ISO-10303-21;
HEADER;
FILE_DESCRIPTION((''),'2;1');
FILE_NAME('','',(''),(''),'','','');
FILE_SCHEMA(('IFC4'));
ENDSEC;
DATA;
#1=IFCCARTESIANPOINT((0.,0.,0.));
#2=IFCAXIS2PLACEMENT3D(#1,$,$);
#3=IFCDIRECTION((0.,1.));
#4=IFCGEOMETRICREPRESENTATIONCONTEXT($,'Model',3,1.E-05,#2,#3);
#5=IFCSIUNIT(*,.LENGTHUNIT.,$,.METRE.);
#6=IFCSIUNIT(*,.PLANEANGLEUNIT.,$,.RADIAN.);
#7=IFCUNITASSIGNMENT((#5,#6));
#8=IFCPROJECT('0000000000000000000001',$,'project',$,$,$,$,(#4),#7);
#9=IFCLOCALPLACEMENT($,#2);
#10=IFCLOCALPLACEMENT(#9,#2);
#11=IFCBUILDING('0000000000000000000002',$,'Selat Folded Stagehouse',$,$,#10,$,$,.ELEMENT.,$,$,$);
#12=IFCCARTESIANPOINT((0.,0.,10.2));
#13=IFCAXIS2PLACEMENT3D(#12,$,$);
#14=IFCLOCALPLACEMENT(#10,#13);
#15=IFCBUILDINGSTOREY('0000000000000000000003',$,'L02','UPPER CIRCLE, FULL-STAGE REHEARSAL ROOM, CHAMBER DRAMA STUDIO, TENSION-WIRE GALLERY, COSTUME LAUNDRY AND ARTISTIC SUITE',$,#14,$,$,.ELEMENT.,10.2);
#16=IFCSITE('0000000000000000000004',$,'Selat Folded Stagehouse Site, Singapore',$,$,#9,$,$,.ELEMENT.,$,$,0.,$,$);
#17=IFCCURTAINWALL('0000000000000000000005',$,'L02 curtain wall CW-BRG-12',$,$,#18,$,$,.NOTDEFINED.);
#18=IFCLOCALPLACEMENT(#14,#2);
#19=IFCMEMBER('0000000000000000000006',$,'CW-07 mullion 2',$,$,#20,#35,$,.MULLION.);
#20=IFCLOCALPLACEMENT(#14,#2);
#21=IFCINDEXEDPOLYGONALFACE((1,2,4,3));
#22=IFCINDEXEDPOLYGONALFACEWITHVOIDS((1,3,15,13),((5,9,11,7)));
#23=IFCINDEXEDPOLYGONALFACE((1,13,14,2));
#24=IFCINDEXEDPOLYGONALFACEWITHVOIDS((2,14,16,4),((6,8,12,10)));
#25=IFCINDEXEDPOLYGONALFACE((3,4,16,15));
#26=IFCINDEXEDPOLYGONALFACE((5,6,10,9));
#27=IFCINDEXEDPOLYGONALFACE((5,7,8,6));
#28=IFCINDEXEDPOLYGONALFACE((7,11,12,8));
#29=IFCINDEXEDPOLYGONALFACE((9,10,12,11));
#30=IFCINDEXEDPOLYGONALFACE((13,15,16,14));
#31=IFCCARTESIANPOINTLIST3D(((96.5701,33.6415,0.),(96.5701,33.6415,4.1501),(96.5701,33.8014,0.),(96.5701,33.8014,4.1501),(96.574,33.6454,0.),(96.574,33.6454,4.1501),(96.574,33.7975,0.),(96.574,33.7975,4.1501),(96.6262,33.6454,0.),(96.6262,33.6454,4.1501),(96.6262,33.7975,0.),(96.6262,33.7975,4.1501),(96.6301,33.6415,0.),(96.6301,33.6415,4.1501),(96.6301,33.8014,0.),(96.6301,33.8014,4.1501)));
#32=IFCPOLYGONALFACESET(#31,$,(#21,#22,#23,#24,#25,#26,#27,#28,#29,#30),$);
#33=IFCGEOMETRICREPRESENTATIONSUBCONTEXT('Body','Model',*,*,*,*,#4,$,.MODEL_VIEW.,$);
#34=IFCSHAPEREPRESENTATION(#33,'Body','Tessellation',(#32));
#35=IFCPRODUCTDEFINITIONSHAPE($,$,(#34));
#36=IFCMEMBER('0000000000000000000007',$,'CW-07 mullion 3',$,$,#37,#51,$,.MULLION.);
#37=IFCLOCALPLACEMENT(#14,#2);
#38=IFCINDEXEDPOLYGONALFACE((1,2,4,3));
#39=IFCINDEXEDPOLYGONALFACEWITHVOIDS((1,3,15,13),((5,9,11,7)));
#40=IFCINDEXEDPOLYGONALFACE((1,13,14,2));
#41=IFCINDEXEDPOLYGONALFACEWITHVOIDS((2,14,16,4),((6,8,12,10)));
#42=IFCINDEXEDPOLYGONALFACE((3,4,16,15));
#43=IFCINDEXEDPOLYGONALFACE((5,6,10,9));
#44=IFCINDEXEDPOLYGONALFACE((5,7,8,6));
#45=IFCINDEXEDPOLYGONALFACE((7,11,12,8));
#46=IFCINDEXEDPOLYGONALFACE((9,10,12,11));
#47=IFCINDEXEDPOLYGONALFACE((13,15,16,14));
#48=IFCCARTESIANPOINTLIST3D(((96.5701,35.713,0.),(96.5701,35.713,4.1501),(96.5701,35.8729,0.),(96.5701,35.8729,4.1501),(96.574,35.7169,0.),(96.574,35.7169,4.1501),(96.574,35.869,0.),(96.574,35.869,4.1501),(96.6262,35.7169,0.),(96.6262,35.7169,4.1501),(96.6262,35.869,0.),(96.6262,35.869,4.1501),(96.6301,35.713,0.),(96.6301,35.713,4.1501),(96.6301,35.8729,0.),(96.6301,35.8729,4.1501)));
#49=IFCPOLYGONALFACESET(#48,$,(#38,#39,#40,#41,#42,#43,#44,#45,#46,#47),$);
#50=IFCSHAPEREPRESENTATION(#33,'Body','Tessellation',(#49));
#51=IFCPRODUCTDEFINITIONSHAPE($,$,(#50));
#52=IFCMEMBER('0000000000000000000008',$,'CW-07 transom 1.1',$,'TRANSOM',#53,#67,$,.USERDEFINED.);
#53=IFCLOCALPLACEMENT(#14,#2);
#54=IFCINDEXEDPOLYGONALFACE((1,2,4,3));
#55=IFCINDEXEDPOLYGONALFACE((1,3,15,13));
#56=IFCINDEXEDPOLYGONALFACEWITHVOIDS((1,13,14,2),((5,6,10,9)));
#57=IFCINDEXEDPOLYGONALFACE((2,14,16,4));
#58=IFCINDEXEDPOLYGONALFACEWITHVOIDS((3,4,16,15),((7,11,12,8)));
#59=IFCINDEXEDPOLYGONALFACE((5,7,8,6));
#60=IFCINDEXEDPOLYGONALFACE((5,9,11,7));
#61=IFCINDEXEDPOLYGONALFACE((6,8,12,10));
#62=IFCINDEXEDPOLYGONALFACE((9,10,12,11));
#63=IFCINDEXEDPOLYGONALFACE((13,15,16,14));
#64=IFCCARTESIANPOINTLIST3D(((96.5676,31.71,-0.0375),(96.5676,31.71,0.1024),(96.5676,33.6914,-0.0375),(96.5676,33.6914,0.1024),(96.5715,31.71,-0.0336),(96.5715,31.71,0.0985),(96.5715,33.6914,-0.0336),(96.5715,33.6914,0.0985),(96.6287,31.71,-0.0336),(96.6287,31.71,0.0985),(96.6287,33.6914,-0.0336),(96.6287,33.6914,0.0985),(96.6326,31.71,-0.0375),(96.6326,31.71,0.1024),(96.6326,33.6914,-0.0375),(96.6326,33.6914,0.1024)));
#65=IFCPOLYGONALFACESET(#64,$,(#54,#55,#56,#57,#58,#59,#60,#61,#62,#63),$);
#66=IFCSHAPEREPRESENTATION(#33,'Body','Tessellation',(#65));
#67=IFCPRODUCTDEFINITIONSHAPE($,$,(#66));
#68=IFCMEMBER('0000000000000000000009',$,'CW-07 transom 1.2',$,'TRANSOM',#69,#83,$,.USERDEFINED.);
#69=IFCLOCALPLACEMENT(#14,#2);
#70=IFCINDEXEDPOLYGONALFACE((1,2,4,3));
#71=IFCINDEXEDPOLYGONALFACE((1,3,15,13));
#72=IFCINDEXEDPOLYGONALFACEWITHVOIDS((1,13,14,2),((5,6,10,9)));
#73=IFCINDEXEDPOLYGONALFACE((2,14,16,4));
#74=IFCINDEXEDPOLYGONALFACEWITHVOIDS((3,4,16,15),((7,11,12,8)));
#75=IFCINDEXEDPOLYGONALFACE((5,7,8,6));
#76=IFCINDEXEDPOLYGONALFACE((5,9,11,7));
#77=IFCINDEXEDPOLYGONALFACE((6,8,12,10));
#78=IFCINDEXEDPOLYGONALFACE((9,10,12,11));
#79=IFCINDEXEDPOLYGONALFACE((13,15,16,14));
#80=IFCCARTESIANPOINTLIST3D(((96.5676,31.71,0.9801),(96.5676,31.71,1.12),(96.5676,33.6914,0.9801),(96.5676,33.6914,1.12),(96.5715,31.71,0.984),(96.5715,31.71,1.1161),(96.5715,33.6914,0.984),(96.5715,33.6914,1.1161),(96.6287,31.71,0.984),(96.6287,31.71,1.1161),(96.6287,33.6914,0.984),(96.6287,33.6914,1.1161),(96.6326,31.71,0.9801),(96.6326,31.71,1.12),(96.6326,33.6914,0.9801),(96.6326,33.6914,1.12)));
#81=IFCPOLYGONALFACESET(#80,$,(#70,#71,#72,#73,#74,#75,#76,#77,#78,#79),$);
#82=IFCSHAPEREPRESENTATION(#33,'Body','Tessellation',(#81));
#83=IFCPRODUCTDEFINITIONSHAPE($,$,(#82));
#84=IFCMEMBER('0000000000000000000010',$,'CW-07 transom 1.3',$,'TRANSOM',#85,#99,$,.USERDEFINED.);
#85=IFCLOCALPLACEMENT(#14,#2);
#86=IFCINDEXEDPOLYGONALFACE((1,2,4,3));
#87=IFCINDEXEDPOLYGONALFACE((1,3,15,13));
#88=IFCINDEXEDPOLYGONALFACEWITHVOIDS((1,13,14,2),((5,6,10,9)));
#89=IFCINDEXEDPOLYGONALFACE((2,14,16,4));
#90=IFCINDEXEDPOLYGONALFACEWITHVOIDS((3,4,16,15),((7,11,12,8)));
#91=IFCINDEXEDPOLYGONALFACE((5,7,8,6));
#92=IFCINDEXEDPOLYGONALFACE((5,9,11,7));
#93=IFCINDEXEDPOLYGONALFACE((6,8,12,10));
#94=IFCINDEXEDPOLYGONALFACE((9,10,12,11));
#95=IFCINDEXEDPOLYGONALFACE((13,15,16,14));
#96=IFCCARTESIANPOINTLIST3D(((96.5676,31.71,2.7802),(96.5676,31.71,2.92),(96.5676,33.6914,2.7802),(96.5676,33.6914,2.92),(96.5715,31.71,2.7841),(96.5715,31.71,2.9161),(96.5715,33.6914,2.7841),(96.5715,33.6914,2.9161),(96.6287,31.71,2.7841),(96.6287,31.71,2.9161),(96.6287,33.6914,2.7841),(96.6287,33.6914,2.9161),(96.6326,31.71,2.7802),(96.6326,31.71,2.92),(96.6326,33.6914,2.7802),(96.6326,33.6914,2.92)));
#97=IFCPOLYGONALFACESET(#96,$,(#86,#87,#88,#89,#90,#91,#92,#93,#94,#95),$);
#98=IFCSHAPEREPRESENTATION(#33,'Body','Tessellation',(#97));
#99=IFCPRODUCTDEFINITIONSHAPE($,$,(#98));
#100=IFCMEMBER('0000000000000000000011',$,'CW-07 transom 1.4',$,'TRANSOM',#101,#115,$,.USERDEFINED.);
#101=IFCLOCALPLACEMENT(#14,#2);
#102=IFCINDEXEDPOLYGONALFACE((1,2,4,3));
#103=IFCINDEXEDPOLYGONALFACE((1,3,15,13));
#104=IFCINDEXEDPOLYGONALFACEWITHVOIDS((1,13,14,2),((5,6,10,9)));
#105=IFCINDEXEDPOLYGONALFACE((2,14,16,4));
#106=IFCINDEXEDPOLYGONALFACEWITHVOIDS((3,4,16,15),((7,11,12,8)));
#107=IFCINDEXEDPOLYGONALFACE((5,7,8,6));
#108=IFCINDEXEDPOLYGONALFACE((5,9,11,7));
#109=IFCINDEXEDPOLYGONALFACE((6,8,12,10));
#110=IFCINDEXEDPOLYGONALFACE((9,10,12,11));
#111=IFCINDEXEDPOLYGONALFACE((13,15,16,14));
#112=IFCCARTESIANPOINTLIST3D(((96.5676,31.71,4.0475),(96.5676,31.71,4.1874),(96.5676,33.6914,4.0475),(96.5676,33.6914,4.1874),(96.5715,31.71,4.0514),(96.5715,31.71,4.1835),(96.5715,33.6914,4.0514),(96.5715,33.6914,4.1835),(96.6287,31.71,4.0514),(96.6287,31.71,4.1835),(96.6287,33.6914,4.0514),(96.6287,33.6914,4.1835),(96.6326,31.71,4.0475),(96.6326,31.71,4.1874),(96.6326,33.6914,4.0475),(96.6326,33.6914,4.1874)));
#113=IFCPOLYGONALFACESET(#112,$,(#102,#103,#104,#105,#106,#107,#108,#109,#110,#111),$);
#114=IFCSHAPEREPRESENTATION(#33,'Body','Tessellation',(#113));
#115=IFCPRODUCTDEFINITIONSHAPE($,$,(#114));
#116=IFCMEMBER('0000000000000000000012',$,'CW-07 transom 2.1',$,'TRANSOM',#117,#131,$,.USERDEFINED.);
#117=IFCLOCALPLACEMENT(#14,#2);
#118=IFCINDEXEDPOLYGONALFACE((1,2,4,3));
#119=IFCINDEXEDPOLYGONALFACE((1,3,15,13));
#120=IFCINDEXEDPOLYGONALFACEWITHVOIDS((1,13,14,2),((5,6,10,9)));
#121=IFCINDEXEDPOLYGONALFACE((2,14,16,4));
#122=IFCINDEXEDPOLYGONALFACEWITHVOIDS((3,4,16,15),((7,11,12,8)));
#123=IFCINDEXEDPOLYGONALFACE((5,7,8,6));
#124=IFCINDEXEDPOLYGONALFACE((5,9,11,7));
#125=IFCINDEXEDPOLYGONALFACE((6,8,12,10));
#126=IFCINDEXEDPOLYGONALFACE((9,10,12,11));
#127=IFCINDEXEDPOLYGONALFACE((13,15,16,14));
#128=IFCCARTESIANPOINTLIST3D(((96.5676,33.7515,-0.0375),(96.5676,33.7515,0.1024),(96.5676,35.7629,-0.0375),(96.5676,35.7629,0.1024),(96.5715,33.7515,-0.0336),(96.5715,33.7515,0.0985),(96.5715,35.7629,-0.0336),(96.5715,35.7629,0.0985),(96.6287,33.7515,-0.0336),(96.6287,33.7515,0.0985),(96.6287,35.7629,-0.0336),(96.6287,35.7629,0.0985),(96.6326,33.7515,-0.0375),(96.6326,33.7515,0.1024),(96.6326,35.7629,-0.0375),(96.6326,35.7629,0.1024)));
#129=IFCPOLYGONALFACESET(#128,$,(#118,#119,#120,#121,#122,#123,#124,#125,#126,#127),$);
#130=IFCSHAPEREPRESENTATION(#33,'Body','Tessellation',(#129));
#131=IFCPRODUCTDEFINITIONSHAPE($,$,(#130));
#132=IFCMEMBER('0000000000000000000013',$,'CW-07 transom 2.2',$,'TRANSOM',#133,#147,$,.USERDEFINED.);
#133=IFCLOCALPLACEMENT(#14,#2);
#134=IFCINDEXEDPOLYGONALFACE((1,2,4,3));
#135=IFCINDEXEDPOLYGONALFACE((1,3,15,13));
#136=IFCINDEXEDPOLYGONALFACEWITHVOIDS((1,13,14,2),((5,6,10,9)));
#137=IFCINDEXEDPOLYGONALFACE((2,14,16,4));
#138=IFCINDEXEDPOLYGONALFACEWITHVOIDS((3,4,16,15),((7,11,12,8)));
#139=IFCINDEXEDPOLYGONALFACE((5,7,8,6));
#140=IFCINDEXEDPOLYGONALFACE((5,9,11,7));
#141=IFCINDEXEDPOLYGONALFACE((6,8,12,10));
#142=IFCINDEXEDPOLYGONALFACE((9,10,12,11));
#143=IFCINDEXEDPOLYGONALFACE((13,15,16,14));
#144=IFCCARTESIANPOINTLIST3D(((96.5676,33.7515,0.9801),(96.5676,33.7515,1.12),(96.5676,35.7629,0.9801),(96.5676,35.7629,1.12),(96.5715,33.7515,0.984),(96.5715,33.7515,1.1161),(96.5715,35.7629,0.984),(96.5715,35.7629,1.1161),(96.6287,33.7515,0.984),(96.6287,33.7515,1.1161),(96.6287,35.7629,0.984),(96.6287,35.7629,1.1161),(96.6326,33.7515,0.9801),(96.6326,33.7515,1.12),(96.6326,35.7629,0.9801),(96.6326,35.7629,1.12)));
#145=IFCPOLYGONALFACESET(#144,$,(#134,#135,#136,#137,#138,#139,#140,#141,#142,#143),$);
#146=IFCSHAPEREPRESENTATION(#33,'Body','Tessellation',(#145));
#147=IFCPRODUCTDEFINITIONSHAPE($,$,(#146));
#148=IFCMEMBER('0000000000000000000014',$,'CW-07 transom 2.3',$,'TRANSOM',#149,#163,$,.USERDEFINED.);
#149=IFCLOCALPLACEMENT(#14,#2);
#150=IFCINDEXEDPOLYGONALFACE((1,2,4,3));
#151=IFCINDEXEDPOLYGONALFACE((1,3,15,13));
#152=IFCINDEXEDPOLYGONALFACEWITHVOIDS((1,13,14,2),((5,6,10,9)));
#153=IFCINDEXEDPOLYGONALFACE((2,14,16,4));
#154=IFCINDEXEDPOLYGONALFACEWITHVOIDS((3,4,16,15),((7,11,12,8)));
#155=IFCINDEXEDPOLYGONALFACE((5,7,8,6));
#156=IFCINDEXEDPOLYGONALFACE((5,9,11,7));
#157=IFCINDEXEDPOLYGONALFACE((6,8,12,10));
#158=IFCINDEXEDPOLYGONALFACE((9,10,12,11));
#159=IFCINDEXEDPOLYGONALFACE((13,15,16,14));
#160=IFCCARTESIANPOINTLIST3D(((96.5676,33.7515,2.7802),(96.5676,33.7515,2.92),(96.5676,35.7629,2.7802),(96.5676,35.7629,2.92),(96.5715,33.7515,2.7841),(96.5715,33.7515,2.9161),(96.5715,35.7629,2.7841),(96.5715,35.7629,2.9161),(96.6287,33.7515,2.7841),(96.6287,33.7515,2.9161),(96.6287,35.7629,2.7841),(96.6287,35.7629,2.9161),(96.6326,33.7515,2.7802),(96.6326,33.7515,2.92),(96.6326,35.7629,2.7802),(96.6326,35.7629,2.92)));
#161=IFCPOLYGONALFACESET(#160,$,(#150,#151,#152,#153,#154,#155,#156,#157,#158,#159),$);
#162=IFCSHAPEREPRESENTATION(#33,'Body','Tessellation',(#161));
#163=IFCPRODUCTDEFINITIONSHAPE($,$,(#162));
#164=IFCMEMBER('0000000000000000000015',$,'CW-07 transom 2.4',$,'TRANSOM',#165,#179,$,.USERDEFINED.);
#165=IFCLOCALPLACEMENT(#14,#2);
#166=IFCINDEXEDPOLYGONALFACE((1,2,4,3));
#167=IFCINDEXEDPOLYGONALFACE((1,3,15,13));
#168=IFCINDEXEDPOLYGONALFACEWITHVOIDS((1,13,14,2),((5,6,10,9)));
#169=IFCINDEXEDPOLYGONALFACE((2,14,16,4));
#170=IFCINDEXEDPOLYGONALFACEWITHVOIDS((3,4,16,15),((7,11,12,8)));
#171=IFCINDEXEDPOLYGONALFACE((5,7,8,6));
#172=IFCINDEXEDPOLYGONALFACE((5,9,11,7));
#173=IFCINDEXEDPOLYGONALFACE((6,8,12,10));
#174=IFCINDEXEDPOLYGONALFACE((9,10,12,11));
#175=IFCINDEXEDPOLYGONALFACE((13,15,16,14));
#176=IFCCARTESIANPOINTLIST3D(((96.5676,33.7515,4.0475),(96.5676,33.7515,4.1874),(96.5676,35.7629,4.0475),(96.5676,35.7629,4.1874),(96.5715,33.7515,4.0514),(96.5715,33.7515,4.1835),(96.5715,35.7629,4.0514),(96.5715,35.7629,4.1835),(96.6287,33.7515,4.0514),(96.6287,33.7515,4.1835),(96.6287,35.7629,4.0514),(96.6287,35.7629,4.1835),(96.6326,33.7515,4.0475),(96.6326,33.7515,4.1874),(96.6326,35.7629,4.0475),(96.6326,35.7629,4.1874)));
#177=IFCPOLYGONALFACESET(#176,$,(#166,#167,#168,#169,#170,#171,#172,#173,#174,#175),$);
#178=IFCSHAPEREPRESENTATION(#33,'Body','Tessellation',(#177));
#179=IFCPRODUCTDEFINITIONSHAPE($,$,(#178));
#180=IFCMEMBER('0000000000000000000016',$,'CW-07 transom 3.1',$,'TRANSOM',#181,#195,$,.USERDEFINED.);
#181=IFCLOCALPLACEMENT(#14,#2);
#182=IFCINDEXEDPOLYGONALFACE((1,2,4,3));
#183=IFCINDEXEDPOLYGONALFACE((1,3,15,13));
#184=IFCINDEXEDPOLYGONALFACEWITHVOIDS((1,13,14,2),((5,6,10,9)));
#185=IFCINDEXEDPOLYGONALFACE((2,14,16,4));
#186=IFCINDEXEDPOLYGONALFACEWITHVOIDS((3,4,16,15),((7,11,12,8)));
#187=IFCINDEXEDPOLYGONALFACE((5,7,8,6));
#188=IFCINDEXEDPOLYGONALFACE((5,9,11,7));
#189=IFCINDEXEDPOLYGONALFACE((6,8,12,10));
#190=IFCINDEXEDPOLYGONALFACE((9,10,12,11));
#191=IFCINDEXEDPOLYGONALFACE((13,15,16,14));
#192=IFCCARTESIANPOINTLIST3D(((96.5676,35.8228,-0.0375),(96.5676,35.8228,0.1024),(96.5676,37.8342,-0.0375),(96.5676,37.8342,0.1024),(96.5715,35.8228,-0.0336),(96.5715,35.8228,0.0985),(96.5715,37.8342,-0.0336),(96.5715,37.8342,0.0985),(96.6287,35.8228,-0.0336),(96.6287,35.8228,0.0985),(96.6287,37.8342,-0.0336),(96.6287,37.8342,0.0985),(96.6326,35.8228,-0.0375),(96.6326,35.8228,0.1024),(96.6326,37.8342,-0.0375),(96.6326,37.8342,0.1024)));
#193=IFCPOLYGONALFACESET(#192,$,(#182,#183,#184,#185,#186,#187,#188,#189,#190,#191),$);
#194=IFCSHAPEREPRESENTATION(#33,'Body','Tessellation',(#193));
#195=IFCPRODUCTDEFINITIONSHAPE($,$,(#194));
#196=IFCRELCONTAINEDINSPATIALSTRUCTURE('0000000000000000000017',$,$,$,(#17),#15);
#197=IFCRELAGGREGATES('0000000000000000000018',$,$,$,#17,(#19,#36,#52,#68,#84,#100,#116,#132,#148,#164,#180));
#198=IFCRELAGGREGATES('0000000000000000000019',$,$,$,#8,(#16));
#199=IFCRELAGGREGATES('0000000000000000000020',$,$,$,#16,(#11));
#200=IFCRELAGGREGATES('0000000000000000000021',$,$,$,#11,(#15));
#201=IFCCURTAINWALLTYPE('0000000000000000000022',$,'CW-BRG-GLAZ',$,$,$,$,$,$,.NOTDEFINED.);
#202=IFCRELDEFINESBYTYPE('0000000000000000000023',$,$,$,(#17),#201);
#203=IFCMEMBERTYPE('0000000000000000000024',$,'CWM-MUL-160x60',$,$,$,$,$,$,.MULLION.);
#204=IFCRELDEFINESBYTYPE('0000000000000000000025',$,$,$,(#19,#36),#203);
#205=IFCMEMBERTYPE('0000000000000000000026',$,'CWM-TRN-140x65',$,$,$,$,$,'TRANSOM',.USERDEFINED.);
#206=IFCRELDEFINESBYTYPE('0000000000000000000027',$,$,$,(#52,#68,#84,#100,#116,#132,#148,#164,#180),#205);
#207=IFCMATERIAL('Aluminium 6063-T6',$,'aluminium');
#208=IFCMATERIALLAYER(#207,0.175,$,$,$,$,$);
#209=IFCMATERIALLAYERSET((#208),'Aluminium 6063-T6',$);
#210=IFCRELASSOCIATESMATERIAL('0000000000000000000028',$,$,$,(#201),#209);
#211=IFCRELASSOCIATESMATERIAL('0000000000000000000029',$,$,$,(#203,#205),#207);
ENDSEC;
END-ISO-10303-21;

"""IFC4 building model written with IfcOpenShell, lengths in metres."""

from ifc_helpers import new_model, si_unit, direction, frame, origin, origin_2d, place, context, subcontext, project, spatial, hollow_rectangle, extrude, material, layer, layer_set, material_profile, profile_set, type_object, element, aggregate, save


model = new_model("IFC4")

# Units and contexts
model_context = context("Model", 3, precision=1e-05, world=origin(), true_north=direction((0.0, 1.0)))
body_context = subcontext(model_context, "Body", "Model", "MODEL_VIEW")
ifc_project = project(units=[si_unit("LENGTHUNIT", "METRE"), si_unit("PLANEANGLEUNIT", "RADIAN")], contexts=[model_context])

# Site, building, storey
site_placement = place(None, origin())
site = spatial("IfcSite", under=ifc_project, at=site_placement, Name="Selat Folded Stagehouse Site, Singapore", CompositionType="ELEMENT", RefElevation=0.0)
building_placement = place(site_placement, origin())
building = spatial("IfcBuilding", under=site, at=building_placement, Name="Selat Folded Stagehouse", CompositionType="ELEMENT")
storey_placement = place(building_placement, frame((0.0, 0.0, 10.2)))
storey = spatial("IfcBuildingStorey", under=building, at=storey_placement, Name="L02", Description="UPPER CIRCLE, FULL-STAGE REHEARSAL ROOM, CHAMBER DRAMA STUDIO, TENSION-WIRE GALLERY, COSTUME LAUNDRY AND ARTISTIC SUITE", CompositionType="ELEMENT", Elevation=10.2)

# Curtain wall, members
ifc_material_1 = material(Name="Aluminium 6063-T6", Category="aluminium")
ifc_layer_1 = layer(ifc_material_1, 0.175)
ifc_layer_set_1 = layer_set([ifc_layer_1], Name="Aluminium 6063-T6")
curtain_wall_type = type_object("IfcCurtainWallType", Name="CW-BRG-GLAZ", PredefinedType="NOTDEFINED", material=ifc_layer_set_1)
curtain_wall_placement = place(storey_placement, origin())
curtain_wall = element("IfcCurtainWall", 1, at=curtain_wall_placement, inside=storey, type_object=curtain_wall_type, Name="L02 curtain wall CW-BRG-12", PredefinedType="NOTDEFINED")
ifc_material_profile_1 = material_profile(ifc_material_1, hollow_rectangle(XDim=0.0601, YDim=0.1599, WallThickness=0.0039, at=origin_2d()), Name="ALU 160x60x4.0")
ifc_profile_set_1 = profile_set([ifc_material_profile_1], Name="Aluminium 6063-T6")
member_type_1 = type_object("IfcMemberType", Name="CWM-MUL-160x60", PredefinedType="MULLION", material=ifc_profile_set_1)
member_1_placement = place(storey_placement, frame((96.6001, 33.7214, 0.0), z_axis=(0.0, 0.0, 1.0), x_axis=(-1.0, 0.0, 0.0)))
member_1 = element("IfcMember", 2, at=member_1_placement, type_object=member_type_1, Name="CW-07 mullion 2", PredefinedType="MULLION", context=body_context, shape_type="SweptSolid", body=[
    extrude(hollow_rectangle(XDim=0.0601, YDim=0.1599, WallThickness=0.0039, at=origin_2d()), origin(), (0.0, 0.0, 1.0), 4.1501),
])
member_2_placement = place(storey_placement, frame((96.6001, 35.793, 0.0), z_axis=(0.0, 0.0, 1.0), x_axis=(-1.0, 0.0, 0.0)))
member_2 = element("IfcMember", 3, at=member_2_placement, type_object=member_type_1, Name="CW-07 mullion 3", PredefinedType="MULLION", context=body_context, shape_type="SweptSolid", body=[
    extrude(hollow_rectangle(XDim=0.0601, YDim=0.1599, WallThickness=0.0039, at=origin_2d()), origin(), (0.0, 0.0, 1.0), 4.1501),
])
ifc_material_profile_2 = material_profile(ifc_material_1, hollow_rectangle(XDim=0.0649, YDim=0.1399, WallThickness=0.0039, at=origin_2d()), Name="ALU 140x65x4.0")
ifc_profile_set_2 = profile_set([ifc_material_profile_2], Name="Aluminium 6063-T6")
member_type_2 = type_object("IfcMemberType", Name="CWM-TRN-140x65", ElementType="TRANSOM", PredefinedType="USERDEFINED", material=ifc_profile_set_2)
member_3_placement = place(storey_placement, frame((96.6001, 31.71, 0.0325), z_axis=(0.0, 1.0, 0.0), x_axis=(-1.0, 0.0, 0.0)))
member_3 = element("IfcMember", 4, at=member_3_placement, type_object=member_type_2, Name="CW-07 transom 1.1", ObjectType="TRANSOM", PredefinedType="USERDEFINED", context=body_context, shape_type="SweptSolid", body=[
    extrude(hollow_rectangle(XDim=0.0649, YDim=0.1399, WallThickness=0.0039, at=origin_2d()), origin(), (0.0, 0.0, 1.0), 1.9814),
])
member_4_placement = place(storey_placement, frame((96.6001, 31.71, 1.05), z_axis=(0.0, 1.0, 0.0), x_axis=(-1.0, 0.0, 0.0)))
member_4 = element("IfcMember", 5, at=member_4_placement, type_object=member_type_2, Name="CW-07 transom 1.2", ObjectType="TRANSOM", PredefinedType="USERDEFINED", context=body_context, shape_type="SweptSolid", body=[
    extrude(hollow_rectangle(XDim=0.0649, YDim=0.1399, WallThickness=0.0039, at=origin_2d()), origin(), (0.0, 0.0, 1.0), 1.9814),
])
member_5_placement = place(storey_placement, frame((96.6001, 31.71, 2.8501), z_axis=(0.0, 1.0, 0.0), x_axis=(-1.0, 0.0, 0.0)))
member_5 = element("IfcMember", 6, at=member_5_placement, type_object=member_type_2, Name="CW-07 transom 1.3", ObjectType="TRANSOM", PredefinedType="USERDEFINED", context=body_context, shape_type="SweptSolid", body=[
    extrude(hollow_rectangle(XDim=0.0649, YDim=0.1399, WallThickness=0.0039, at=origin_2d()), origin(), (0.0, 0.0, 1.0), 1.9814),
])
member_6_placement = place(storey_placement, frame((96.6001, 31.71, 4.1174), z_axis=(0.0, 1.0, 0.0), x_axis=(-1.0, 0.0, 0.0)))
member_6 = element("IfcMember", 7, at=member_6_placement, type_object=member_type_2, Name="CW-07 transom 1.4", ObjectType="TRANSOM", PredefinedType="USERDEFINED", context=body_context, shape_type="SweptSolid", body=[
    extrude(hollow_rectangle(XDim=0.0649, YDim=0.1399, WallThickness=0.0039, at=origin_2d()), origin(), (0.0, 0.0, 1.0), 1.9814),
])
member_7_placement = place(storey_placement, frame((96.6001, 33.7515, 0.0325), z_axis=(0.0, 1.0, 0.0), x_axis=(-1.0, 0.0, 0.0)))
member_7 = element("IfcMember", 8, at=member_7_placement, type_object=member_type_2, Name="CW-07 transom 2.1", ObjectType="TRANSOM", PredefinedType="USERDEFINED", context=body_context, shape_type="SweptSolid", body=[
    extrude(hollow_rectangle(XDim=0.0649, YDim=0.1399, WallThickness=0.0039, at=origin_2d()), origin(), (0.0, 0.0, 1.0), 2.0115),
])
member_8_placement = place(storey_placement, frame((96.6001, 33.7515, 1.05), z_axis=(0.0, 1.0, 0.0), x_axis=(-1.0, 0.0, 0.0)))
member_8 = element("IfcMember", 9, at=member_8_placement, type_object=member_type_2, Name="CW-07 transom 2.2", ObjectType="TRANSOM", PredefinedType="USERDEFINED", context=body_context, shape_type="SweptSolid", body=[
    extrude(hollow_rectangle(XDim=0.0649, YDim=0.1399, WallThickness=0.0039, at=origin_2d()), origin(), (0.0, 0.0, 1.0), 2.0115),
])
member_9_placement = place(storey_placement, frame((96.6001, 33.7515, 2.8501), z_axis=(0.0, 1.0, 0.0), x_axis=(-1.0, 0.0, 0.0)))
member_9 = element("IfcMember", 10, at=member_9_placement, type_object=member_type_2, Name="CW-07 transom 2.3", ObjectType="TRANSOM", PredefinedType="USERDEFINED", context=body_context, shape_type="SweptSolid", body=[
    extrude(hollow_rectangle(XDim=0.0649, YDim=0.1399, WallThickness=0.0039, at=origin_2d()), origin(), (0.0, 0.0, 1.0), 2.0115),
])
member_10_placement = place(storey_placement, frame((96.6001, 33.7515, 4.1174), z_axis=(0.0, 1.0, 0.0), x_axis=(-1.0, 0.0, 0.0)))
member_10 = element("IfcMember", 11, at=member_10_placement, type_object=member_type_2, Name="CW-07 transom 2.4", ObjectType="TRANSOM", PredefinedType="USERDEFINED", context=body_context, shape_type="SweptSolid", body=[
    extrude(hollow_rectangle(XDim=0.0649, YDim=0.1399, WallThickness=0.0039, at=origin_2d()), origin(), (0.0, 0.0, 1.0), 2.0115),
])
member_11_placement = place(storey_placement, frame((96.6001, 35.8228, 0.0325), z_axis=(0.0, 1.0, 0.0), x_axis=(-1.0, 0.0, 0.0)))
member_11 = element("IfcMember", 12, at=member_11_placement, type_object=member_type_2, Name="CW-07 transom 3.1", ObjectType="TRANSOM", PredefinedType="USERDEFINED", context=body_context, shape_type="SweptSolid", body=[
    extrude(hollow_rectangle(XDim=0.0649, YDim=0.1399, WallThickness=0.0039, at=origin_2d()), origin(), (0.0, 0.0, 1.0), 2.0115),
])
aggregate(curtain_wall, [member_1, member_2, member_3, member_4, member_5, member_6, member_7, member_8, member_9, member_10, member_11])

save(model, "model.ifc")
